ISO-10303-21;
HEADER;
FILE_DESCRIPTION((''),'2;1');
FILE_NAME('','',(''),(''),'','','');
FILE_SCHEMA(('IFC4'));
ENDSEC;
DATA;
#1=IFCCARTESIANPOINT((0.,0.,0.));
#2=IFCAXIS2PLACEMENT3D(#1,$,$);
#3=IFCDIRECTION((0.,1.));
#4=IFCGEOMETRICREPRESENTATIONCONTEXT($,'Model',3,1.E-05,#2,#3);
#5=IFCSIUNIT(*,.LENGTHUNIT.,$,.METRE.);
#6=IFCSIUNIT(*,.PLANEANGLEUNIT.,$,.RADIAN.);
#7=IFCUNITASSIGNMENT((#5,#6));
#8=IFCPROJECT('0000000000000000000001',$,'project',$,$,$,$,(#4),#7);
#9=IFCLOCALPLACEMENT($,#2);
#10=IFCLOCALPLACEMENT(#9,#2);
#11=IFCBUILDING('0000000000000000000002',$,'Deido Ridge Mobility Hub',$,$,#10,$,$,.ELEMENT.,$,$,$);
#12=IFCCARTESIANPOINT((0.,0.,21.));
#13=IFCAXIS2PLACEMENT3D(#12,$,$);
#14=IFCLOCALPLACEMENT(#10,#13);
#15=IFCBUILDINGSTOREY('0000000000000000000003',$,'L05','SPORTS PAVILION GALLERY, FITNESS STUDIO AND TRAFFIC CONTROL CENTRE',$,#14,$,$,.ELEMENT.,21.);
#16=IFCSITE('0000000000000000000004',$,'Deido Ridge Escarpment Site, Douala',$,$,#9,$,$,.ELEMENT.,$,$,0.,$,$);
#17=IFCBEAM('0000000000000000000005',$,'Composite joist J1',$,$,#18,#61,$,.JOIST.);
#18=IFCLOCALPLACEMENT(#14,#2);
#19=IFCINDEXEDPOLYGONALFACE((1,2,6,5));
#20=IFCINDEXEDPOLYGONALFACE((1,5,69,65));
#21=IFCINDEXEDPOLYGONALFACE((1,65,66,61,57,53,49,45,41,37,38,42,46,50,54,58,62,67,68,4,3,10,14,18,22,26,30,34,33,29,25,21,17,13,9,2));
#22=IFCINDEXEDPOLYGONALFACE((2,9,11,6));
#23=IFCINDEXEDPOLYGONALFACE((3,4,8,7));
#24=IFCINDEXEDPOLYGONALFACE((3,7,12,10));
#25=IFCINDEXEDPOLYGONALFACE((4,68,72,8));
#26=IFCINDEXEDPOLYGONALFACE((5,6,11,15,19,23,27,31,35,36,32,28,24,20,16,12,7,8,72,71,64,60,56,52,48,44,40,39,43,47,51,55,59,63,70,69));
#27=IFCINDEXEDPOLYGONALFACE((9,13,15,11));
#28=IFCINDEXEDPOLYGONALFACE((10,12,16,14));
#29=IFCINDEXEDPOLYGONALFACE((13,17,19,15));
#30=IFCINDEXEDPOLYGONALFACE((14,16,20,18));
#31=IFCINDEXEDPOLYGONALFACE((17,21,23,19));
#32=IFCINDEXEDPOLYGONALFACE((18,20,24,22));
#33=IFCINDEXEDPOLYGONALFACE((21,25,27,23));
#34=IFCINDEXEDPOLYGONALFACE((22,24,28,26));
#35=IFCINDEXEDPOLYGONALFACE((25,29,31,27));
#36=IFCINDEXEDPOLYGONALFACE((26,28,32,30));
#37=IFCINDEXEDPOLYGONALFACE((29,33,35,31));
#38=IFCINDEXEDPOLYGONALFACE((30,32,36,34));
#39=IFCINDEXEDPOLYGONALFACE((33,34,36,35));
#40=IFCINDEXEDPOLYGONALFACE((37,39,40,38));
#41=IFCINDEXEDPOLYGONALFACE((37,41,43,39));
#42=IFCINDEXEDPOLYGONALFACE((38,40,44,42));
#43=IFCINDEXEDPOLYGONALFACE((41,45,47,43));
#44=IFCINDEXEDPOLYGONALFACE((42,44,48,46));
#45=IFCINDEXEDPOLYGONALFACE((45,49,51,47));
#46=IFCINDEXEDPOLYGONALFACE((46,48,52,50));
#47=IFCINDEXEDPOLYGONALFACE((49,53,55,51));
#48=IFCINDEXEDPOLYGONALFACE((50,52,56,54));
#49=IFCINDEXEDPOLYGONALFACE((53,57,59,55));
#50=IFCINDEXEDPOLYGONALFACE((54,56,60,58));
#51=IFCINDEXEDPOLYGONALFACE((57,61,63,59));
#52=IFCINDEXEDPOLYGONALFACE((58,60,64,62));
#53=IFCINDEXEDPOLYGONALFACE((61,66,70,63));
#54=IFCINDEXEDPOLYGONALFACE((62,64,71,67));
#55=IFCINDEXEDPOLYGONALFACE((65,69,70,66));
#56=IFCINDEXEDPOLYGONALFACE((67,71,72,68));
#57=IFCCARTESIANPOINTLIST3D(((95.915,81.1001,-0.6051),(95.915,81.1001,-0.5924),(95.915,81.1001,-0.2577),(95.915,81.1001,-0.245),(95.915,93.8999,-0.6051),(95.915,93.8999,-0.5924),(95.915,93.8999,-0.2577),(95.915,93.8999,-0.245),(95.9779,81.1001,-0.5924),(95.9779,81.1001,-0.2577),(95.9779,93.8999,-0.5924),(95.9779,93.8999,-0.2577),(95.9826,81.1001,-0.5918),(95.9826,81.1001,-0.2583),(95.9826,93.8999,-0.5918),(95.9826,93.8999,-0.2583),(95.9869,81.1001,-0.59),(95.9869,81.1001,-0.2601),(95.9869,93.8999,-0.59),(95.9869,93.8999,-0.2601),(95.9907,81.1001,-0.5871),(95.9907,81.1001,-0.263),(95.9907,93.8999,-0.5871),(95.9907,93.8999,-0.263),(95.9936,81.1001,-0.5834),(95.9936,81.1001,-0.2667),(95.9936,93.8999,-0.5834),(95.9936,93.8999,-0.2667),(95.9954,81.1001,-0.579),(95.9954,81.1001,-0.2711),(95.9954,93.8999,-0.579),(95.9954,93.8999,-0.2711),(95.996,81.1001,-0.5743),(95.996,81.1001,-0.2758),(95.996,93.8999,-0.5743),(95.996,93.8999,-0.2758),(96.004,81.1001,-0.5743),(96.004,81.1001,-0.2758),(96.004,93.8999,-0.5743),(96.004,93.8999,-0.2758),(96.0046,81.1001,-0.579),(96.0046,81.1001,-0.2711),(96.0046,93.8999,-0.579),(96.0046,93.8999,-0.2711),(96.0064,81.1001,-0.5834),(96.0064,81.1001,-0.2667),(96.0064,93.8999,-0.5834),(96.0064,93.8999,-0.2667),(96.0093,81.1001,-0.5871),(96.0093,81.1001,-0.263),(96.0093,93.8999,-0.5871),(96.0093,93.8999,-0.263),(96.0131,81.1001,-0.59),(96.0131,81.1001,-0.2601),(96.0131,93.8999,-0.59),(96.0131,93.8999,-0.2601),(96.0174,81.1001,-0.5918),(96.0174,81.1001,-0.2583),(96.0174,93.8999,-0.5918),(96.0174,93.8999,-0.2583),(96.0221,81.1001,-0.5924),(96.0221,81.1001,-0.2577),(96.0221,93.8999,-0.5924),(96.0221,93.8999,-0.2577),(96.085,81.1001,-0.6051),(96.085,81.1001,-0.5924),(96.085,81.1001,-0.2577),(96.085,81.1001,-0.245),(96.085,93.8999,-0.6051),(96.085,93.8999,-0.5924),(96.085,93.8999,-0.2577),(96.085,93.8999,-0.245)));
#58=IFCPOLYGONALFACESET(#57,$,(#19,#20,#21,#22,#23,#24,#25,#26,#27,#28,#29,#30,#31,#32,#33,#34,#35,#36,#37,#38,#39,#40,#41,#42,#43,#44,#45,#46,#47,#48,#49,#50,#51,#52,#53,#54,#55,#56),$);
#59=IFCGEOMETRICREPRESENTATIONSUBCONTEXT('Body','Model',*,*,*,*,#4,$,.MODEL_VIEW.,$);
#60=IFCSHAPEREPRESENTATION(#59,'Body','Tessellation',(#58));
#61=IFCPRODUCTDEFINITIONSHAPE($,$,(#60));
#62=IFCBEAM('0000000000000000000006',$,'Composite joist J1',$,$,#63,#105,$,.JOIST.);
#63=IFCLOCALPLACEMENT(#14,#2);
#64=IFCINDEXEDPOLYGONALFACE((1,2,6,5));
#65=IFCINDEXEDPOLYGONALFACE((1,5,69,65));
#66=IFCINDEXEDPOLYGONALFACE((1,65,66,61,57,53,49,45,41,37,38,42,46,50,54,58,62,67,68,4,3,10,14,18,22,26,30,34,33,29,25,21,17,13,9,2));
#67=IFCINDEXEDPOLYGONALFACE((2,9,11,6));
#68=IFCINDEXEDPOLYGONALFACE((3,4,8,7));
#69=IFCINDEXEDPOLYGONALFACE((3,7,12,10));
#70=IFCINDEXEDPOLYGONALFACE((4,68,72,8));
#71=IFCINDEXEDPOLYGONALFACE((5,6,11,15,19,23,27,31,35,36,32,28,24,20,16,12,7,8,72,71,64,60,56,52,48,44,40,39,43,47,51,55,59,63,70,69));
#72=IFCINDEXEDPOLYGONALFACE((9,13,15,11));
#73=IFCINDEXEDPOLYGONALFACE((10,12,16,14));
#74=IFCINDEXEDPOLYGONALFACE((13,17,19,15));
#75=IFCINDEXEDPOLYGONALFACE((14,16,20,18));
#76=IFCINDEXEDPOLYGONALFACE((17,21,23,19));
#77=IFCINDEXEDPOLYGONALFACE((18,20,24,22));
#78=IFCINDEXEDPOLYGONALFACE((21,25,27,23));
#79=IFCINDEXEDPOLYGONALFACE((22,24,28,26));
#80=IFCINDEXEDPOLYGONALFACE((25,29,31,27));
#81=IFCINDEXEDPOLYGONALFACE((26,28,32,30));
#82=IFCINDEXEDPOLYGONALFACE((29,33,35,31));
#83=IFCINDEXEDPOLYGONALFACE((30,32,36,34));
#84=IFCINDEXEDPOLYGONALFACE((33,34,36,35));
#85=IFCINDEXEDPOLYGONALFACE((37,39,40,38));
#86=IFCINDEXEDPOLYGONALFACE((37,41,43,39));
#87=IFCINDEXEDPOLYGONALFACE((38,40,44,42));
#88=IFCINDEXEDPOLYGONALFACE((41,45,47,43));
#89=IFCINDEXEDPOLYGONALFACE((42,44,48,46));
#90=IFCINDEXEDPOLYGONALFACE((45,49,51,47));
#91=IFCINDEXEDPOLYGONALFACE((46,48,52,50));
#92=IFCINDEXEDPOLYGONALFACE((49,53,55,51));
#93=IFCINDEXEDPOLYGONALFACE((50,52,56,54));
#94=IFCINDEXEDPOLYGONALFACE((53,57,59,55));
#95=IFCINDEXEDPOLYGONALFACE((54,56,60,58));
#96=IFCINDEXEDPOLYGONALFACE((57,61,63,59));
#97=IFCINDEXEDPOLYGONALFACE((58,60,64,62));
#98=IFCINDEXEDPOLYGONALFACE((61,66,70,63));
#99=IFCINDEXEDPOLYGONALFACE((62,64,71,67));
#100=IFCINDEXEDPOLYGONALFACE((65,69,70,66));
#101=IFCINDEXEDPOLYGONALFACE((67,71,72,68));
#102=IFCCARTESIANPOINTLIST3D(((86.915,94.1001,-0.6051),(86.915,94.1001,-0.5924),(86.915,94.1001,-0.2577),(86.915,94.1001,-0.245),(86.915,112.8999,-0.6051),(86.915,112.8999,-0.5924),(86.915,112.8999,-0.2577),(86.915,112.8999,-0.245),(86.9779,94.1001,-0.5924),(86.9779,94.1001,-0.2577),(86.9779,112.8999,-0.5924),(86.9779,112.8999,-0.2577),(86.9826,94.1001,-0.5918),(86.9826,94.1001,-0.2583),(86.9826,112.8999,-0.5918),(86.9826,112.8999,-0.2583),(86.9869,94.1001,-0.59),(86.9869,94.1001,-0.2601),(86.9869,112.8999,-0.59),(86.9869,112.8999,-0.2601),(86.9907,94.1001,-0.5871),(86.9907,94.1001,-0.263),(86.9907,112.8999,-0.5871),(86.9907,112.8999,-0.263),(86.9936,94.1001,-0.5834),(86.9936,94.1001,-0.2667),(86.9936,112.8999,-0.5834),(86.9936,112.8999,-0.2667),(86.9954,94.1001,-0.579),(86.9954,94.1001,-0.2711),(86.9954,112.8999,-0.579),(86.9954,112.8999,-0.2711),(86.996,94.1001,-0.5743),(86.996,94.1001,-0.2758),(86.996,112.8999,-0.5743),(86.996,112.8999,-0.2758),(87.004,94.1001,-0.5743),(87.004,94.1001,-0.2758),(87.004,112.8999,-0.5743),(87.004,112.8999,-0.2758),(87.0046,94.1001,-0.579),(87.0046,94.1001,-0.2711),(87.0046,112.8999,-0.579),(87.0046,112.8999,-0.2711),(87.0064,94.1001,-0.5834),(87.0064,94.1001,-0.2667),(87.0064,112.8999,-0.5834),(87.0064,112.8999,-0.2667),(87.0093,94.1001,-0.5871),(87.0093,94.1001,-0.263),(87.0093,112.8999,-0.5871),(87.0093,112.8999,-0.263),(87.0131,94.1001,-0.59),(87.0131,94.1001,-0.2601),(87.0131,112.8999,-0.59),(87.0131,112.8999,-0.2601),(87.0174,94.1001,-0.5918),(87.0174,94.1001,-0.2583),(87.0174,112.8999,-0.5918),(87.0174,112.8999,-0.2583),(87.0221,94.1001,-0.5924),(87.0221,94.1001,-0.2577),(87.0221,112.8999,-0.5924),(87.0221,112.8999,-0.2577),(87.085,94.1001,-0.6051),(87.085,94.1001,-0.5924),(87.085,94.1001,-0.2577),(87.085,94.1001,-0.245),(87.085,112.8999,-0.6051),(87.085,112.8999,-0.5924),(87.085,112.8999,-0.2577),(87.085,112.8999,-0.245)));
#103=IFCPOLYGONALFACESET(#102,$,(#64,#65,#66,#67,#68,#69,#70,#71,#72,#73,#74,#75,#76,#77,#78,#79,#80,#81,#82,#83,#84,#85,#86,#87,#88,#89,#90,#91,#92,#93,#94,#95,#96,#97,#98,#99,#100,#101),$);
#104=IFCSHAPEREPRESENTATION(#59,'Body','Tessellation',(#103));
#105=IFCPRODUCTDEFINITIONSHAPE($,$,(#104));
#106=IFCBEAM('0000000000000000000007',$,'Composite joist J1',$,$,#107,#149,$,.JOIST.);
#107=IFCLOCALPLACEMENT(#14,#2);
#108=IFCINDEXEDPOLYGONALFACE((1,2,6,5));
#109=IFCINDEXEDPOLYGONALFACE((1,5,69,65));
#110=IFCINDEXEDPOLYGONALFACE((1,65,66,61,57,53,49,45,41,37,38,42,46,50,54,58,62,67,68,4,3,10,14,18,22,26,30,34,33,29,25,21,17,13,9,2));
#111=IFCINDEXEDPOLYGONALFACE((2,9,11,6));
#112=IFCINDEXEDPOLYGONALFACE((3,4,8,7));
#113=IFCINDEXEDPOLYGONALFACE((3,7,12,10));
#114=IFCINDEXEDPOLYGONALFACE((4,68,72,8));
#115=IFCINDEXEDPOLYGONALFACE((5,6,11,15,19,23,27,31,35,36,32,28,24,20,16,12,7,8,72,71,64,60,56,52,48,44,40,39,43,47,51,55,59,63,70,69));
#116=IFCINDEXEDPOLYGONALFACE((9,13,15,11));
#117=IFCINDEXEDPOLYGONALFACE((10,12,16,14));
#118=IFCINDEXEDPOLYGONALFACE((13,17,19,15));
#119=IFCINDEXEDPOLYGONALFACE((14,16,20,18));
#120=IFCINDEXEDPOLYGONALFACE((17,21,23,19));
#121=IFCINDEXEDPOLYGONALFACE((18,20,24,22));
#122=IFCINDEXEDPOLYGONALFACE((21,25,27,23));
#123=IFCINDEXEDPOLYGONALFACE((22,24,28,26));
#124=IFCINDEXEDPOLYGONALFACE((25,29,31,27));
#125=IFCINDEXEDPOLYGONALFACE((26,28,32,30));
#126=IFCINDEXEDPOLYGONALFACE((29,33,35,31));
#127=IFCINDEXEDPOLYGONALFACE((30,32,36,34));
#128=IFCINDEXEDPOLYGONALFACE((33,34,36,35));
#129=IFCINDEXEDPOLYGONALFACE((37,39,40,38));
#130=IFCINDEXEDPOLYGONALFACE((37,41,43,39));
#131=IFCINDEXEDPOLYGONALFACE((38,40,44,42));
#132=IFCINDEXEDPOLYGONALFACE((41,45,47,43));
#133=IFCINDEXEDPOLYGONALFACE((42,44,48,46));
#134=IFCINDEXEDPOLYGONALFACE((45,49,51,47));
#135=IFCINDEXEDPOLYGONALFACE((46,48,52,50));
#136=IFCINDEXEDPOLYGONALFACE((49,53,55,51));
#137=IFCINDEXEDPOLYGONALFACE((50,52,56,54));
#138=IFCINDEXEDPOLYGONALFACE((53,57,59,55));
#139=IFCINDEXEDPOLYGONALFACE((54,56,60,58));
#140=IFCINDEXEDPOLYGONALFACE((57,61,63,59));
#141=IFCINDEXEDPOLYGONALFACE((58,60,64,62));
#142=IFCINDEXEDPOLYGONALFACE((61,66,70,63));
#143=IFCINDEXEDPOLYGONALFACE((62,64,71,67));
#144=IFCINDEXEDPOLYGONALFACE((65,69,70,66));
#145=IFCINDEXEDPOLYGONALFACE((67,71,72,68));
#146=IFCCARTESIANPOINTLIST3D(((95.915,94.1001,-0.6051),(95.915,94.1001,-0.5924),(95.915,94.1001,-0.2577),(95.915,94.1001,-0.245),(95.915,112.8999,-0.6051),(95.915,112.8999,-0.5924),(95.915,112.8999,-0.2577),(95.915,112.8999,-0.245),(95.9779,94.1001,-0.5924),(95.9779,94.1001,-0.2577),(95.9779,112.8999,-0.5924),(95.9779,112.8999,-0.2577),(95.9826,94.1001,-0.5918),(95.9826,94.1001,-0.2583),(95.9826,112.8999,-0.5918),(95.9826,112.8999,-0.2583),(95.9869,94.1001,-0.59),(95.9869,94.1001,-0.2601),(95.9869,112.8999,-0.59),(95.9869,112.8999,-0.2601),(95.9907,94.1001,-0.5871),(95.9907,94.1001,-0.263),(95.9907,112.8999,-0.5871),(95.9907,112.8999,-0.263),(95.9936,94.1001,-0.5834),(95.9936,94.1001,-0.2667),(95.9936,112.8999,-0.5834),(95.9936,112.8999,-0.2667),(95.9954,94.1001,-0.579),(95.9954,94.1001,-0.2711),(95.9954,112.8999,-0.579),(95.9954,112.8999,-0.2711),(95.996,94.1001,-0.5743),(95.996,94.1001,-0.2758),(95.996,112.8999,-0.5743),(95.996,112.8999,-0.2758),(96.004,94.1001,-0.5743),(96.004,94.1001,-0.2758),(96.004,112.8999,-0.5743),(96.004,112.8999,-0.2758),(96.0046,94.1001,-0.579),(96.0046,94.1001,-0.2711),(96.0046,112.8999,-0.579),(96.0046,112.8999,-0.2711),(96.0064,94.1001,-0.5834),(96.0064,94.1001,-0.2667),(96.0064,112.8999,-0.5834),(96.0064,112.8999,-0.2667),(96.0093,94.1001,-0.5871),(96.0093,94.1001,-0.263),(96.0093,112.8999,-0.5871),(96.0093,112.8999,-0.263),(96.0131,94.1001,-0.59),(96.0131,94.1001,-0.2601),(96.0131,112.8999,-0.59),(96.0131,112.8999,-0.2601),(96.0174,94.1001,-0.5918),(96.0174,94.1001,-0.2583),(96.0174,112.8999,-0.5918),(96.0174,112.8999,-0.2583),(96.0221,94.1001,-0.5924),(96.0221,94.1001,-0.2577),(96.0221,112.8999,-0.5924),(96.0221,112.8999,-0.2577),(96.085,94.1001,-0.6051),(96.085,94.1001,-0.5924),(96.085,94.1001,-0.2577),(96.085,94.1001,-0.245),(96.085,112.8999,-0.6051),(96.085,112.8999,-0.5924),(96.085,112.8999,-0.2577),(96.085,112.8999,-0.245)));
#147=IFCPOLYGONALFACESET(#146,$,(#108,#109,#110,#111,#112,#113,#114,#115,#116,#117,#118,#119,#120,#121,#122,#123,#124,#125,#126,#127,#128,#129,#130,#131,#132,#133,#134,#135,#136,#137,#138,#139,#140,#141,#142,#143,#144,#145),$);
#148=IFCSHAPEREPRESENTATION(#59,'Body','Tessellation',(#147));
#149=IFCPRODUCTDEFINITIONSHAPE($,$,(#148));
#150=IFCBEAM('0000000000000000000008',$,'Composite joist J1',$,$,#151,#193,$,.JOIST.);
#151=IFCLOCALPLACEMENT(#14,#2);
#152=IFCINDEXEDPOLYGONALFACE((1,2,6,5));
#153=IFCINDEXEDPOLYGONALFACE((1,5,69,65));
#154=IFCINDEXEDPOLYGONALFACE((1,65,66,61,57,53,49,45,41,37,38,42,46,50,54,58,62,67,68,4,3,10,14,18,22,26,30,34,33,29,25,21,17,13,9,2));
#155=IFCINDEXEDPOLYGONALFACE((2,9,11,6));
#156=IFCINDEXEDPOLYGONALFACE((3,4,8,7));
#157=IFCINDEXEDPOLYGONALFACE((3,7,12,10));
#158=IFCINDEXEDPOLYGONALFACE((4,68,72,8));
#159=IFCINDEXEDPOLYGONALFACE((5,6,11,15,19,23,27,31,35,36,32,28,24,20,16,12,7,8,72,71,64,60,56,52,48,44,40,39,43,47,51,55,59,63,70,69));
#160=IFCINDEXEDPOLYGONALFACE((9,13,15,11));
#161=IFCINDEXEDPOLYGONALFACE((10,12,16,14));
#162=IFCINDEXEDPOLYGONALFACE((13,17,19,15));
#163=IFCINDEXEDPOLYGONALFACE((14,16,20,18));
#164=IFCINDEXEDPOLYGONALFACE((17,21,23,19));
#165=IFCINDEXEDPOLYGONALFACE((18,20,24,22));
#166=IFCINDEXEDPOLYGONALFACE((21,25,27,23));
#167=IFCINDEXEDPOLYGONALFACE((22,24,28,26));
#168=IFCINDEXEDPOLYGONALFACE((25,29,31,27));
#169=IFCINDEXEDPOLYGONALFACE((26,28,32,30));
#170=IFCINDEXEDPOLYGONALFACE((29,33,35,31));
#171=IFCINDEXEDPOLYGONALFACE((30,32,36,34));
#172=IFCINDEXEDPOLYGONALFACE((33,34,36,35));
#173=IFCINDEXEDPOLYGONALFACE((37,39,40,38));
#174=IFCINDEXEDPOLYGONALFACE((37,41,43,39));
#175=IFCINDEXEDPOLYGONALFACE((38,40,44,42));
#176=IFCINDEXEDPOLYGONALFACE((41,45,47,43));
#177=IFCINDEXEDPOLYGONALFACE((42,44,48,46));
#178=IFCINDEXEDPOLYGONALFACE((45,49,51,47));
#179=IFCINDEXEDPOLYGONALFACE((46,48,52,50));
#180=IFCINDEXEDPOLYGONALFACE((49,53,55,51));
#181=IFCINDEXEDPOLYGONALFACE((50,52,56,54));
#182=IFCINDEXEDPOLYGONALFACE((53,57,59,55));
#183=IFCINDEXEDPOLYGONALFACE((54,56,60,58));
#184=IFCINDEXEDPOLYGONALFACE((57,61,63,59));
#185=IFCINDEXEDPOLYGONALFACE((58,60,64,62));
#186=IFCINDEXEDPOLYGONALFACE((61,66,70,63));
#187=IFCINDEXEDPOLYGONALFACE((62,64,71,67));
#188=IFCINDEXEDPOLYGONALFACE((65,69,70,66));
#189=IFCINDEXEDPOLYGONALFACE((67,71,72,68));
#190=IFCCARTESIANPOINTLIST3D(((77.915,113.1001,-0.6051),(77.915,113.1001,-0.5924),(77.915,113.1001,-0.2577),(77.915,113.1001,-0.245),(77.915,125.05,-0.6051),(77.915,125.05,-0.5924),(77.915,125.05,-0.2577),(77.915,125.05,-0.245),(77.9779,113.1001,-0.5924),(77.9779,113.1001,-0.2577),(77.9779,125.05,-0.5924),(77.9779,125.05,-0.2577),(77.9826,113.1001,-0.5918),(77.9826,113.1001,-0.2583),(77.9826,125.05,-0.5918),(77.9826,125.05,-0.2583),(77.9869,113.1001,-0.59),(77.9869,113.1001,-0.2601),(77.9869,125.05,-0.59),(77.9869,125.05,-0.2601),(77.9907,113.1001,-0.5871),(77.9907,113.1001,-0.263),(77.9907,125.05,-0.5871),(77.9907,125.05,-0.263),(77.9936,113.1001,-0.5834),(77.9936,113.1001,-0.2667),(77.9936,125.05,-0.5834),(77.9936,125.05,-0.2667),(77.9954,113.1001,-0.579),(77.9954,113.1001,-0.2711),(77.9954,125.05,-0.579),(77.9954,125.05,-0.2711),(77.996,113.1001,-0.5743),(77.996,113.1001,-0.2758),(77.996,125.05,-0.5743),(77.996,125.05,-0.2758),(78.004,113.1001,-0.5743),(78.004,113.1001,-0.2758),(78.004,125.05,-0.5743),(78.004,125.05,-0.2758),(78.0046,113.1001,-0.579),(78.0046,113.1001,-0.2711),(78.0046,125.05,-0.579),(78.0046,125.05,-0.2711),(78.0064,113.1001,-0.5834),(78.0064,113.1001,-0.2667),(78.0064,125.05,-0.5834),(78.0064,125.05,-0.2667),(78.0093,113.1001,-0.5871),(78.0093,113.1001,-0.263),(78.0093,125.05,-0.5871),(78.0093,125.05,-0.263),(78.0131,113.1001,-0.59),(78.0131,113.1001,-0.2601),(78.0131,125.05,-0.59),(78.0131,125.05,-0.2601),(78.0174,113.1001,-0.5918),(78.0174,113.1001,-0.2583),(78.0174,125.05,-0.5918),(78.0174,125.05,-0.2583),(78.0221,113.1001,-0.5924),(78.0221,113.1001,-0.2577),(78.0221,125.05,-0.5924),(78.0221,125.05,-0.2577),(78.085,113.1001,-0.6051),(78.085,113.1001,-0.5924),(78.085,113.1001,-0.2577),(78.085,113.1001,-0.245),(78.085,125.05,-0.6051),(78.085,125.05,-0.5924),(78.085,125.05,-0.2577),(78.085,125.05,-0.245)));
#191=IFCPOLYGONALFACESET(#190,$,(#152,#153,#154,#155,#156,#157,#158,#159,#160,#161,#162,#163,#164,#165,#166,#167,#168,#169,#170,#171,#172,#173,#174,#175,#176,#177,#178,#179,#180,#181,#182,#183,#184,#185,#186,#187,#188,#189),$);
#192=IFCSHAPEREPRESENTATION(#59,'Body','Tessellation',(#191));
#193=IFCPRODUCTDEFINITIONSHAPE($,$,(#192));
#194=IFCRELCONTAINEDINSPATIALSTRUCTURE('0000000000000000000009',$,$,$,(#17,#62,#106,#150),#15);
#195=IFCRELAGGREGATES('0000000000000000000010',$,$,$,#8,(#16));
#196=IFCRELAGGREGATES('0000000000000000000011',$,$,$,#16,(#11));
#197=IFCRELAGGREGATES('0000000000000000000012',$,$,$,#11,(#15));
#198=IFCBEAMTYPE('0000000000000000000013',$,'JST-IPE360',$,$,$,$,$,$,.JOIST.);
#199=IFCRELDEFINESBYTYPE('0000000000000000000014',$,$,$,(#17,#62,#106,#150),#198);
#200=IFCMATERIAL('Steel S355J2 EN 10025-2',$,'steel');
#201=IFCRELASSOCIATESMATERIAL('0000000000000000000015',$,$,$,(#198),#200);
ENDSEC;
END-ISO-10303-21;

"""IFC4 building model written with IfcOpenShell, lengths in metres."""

from ifc_helpers import new_model, si_unit, direction, frame, origin, origin_2d, place, context, subcontext, project, spatial, i_section, extrude, material, material_profile, profile_set, type_object, element, save


model = new_model("IFC4")

# Units and contexts
model_context = context("Model", 3, precision=1e-05, world=origin(), true_north=direction((0.0, 1.0)))
body_context = subcontext(model_context, "Body", "Model", "MODEL_VIEW")
ifc_project = project(units=[si_unit("LENGTHUNIT", "METRE"), si_unit("PLANEANGLEUNIT", "RADIAN")], contexts=[model_context])

# Site, building, storey
site_placement = place(None, origin())
site = spatial("IfcSite", under=ifc_project, at=site_placement, Name="Deido Ridge Escarpment Site, Douala", CompositionType="ELEMENT", RefElevation=0.0)
building_placement = place(site_placement, origin())
building = spatial("IfcBuilding", under=site, at=building_placement, Name="Deido Ridge Mobility Hub", CompositionType="ELEMENT")
storey_placement = place(building_placement, frame((0.0, 0.0, 21.0)))
storey = spatial("IfcBuildingStorey", under=building, at=storey_placement, Name="L05", Description="SPORTS PAVILION GALLERY, FITNESS STUDIO AND TRAFFIC CONTROL CENTRE", CompositionType="ELEMENT", Elevation=21.0)

# Beams
ifc_material = material(Name="Steel S355J2 EN 10025-2", Category="steel")
ifc_material_profile_1 = material_profile(ifc_material, i_section(OverallWidth=0.1699, OverallDepth=0.3601, WebThickness=0.0081, FlangeThickness=0.0127, FilletRadius=0.0181, at=origin_2d()), Name="IPE 360")
ifc_profile_set_1 = profile_set([ifc_material_profile_1], Name="Steel S355J2 EN 10025-2")
beam_type_1 = type_object("IfcBeamType", Name="JST-IPE360", PredefinedType="JOIST", material=ifc_profile_set_1)
for number, where, z_axis, x_axis, name in (
    (1, (96.0, 81.1001, -0.425), (0.0, 1.0, 0.0), (-1.0, 0.0, 0.0), "Composite joist J1"),
):
    element("IfcBeam", number, at=place(storey_placement, frame(where, z_axis=z_axis, x_axis=x_axis)), inside=storey, type_object=beam_type_1, Name=name, PredefinedType="JOIST", context=body_context, shape_type="SweptSolid", body=[
        extrude(i_section(OverallWidth=0.1699, OverallDepth=0.3601, WebThickness=0.0081, FlangeThickness=0.0127, FilletRadius=0.0181, at=origin_2d()), origin(), (0.0, 0.0, 1.0), 12.7998),
    ])
for number, where, z_axis, x_axis, name in (
    (2, (87.0, 94.1001, -0.425), (0.0, 1.0, 0.0), (-1.0, 0.0, 0.0), "Composite joist J1"),
    (3, (96.0, 94.1001, -0.425), (0.0, 1.0, 0.0), (-1.0, 0.0, 0.0), "Composite joist J1"),
):
    element("IfcBeam", number, at=place(storey_placement, frame(where, z_axis=z_axis, x_axis=x_axis)), inside=storey, type_object=beam_type_1, Name=name, PredefinedType="JOIST", context=body_context, shape_type="SweptSolid", body=[
        extrude(i_section(OverallWidth=0.1699, OverallDepth=0.3601, WebThickness=0.0081, FlangeThickness=0.0127, FilletRadius=0.0181, at=origin_2d()), origin(), (0.0, 0.0, 1.0), 18.7998),
    ])
for number, where, z_axis, x_axis, name in (
    (4, (78.0, 113.1001, -0.425), (0.0, 1.0, 0.0), (-1.0, 0.0, 0.0), "Composite joist J1"),
):
    element("IfcBeam", number, at=place(storey_placement, frame(where, z_axis=z_axis, x_axis=x_axis)), inside=storey, type_object=beam_type_1, Name=name, PredefinedType="JOIST", context=body_context, shape_type="SweptSolid", body=[
        extrude(i_section(OverallWidth=0.1699, OverallDepth=0.3601, WebThickness=0.0081, FlangeThickness=0.0127, FilletRadius=0.0181, at=origin_2d()), origin(), (0.0, 0.0, 1.0), 11.95),
    ])

save(model, "model.ifc")
